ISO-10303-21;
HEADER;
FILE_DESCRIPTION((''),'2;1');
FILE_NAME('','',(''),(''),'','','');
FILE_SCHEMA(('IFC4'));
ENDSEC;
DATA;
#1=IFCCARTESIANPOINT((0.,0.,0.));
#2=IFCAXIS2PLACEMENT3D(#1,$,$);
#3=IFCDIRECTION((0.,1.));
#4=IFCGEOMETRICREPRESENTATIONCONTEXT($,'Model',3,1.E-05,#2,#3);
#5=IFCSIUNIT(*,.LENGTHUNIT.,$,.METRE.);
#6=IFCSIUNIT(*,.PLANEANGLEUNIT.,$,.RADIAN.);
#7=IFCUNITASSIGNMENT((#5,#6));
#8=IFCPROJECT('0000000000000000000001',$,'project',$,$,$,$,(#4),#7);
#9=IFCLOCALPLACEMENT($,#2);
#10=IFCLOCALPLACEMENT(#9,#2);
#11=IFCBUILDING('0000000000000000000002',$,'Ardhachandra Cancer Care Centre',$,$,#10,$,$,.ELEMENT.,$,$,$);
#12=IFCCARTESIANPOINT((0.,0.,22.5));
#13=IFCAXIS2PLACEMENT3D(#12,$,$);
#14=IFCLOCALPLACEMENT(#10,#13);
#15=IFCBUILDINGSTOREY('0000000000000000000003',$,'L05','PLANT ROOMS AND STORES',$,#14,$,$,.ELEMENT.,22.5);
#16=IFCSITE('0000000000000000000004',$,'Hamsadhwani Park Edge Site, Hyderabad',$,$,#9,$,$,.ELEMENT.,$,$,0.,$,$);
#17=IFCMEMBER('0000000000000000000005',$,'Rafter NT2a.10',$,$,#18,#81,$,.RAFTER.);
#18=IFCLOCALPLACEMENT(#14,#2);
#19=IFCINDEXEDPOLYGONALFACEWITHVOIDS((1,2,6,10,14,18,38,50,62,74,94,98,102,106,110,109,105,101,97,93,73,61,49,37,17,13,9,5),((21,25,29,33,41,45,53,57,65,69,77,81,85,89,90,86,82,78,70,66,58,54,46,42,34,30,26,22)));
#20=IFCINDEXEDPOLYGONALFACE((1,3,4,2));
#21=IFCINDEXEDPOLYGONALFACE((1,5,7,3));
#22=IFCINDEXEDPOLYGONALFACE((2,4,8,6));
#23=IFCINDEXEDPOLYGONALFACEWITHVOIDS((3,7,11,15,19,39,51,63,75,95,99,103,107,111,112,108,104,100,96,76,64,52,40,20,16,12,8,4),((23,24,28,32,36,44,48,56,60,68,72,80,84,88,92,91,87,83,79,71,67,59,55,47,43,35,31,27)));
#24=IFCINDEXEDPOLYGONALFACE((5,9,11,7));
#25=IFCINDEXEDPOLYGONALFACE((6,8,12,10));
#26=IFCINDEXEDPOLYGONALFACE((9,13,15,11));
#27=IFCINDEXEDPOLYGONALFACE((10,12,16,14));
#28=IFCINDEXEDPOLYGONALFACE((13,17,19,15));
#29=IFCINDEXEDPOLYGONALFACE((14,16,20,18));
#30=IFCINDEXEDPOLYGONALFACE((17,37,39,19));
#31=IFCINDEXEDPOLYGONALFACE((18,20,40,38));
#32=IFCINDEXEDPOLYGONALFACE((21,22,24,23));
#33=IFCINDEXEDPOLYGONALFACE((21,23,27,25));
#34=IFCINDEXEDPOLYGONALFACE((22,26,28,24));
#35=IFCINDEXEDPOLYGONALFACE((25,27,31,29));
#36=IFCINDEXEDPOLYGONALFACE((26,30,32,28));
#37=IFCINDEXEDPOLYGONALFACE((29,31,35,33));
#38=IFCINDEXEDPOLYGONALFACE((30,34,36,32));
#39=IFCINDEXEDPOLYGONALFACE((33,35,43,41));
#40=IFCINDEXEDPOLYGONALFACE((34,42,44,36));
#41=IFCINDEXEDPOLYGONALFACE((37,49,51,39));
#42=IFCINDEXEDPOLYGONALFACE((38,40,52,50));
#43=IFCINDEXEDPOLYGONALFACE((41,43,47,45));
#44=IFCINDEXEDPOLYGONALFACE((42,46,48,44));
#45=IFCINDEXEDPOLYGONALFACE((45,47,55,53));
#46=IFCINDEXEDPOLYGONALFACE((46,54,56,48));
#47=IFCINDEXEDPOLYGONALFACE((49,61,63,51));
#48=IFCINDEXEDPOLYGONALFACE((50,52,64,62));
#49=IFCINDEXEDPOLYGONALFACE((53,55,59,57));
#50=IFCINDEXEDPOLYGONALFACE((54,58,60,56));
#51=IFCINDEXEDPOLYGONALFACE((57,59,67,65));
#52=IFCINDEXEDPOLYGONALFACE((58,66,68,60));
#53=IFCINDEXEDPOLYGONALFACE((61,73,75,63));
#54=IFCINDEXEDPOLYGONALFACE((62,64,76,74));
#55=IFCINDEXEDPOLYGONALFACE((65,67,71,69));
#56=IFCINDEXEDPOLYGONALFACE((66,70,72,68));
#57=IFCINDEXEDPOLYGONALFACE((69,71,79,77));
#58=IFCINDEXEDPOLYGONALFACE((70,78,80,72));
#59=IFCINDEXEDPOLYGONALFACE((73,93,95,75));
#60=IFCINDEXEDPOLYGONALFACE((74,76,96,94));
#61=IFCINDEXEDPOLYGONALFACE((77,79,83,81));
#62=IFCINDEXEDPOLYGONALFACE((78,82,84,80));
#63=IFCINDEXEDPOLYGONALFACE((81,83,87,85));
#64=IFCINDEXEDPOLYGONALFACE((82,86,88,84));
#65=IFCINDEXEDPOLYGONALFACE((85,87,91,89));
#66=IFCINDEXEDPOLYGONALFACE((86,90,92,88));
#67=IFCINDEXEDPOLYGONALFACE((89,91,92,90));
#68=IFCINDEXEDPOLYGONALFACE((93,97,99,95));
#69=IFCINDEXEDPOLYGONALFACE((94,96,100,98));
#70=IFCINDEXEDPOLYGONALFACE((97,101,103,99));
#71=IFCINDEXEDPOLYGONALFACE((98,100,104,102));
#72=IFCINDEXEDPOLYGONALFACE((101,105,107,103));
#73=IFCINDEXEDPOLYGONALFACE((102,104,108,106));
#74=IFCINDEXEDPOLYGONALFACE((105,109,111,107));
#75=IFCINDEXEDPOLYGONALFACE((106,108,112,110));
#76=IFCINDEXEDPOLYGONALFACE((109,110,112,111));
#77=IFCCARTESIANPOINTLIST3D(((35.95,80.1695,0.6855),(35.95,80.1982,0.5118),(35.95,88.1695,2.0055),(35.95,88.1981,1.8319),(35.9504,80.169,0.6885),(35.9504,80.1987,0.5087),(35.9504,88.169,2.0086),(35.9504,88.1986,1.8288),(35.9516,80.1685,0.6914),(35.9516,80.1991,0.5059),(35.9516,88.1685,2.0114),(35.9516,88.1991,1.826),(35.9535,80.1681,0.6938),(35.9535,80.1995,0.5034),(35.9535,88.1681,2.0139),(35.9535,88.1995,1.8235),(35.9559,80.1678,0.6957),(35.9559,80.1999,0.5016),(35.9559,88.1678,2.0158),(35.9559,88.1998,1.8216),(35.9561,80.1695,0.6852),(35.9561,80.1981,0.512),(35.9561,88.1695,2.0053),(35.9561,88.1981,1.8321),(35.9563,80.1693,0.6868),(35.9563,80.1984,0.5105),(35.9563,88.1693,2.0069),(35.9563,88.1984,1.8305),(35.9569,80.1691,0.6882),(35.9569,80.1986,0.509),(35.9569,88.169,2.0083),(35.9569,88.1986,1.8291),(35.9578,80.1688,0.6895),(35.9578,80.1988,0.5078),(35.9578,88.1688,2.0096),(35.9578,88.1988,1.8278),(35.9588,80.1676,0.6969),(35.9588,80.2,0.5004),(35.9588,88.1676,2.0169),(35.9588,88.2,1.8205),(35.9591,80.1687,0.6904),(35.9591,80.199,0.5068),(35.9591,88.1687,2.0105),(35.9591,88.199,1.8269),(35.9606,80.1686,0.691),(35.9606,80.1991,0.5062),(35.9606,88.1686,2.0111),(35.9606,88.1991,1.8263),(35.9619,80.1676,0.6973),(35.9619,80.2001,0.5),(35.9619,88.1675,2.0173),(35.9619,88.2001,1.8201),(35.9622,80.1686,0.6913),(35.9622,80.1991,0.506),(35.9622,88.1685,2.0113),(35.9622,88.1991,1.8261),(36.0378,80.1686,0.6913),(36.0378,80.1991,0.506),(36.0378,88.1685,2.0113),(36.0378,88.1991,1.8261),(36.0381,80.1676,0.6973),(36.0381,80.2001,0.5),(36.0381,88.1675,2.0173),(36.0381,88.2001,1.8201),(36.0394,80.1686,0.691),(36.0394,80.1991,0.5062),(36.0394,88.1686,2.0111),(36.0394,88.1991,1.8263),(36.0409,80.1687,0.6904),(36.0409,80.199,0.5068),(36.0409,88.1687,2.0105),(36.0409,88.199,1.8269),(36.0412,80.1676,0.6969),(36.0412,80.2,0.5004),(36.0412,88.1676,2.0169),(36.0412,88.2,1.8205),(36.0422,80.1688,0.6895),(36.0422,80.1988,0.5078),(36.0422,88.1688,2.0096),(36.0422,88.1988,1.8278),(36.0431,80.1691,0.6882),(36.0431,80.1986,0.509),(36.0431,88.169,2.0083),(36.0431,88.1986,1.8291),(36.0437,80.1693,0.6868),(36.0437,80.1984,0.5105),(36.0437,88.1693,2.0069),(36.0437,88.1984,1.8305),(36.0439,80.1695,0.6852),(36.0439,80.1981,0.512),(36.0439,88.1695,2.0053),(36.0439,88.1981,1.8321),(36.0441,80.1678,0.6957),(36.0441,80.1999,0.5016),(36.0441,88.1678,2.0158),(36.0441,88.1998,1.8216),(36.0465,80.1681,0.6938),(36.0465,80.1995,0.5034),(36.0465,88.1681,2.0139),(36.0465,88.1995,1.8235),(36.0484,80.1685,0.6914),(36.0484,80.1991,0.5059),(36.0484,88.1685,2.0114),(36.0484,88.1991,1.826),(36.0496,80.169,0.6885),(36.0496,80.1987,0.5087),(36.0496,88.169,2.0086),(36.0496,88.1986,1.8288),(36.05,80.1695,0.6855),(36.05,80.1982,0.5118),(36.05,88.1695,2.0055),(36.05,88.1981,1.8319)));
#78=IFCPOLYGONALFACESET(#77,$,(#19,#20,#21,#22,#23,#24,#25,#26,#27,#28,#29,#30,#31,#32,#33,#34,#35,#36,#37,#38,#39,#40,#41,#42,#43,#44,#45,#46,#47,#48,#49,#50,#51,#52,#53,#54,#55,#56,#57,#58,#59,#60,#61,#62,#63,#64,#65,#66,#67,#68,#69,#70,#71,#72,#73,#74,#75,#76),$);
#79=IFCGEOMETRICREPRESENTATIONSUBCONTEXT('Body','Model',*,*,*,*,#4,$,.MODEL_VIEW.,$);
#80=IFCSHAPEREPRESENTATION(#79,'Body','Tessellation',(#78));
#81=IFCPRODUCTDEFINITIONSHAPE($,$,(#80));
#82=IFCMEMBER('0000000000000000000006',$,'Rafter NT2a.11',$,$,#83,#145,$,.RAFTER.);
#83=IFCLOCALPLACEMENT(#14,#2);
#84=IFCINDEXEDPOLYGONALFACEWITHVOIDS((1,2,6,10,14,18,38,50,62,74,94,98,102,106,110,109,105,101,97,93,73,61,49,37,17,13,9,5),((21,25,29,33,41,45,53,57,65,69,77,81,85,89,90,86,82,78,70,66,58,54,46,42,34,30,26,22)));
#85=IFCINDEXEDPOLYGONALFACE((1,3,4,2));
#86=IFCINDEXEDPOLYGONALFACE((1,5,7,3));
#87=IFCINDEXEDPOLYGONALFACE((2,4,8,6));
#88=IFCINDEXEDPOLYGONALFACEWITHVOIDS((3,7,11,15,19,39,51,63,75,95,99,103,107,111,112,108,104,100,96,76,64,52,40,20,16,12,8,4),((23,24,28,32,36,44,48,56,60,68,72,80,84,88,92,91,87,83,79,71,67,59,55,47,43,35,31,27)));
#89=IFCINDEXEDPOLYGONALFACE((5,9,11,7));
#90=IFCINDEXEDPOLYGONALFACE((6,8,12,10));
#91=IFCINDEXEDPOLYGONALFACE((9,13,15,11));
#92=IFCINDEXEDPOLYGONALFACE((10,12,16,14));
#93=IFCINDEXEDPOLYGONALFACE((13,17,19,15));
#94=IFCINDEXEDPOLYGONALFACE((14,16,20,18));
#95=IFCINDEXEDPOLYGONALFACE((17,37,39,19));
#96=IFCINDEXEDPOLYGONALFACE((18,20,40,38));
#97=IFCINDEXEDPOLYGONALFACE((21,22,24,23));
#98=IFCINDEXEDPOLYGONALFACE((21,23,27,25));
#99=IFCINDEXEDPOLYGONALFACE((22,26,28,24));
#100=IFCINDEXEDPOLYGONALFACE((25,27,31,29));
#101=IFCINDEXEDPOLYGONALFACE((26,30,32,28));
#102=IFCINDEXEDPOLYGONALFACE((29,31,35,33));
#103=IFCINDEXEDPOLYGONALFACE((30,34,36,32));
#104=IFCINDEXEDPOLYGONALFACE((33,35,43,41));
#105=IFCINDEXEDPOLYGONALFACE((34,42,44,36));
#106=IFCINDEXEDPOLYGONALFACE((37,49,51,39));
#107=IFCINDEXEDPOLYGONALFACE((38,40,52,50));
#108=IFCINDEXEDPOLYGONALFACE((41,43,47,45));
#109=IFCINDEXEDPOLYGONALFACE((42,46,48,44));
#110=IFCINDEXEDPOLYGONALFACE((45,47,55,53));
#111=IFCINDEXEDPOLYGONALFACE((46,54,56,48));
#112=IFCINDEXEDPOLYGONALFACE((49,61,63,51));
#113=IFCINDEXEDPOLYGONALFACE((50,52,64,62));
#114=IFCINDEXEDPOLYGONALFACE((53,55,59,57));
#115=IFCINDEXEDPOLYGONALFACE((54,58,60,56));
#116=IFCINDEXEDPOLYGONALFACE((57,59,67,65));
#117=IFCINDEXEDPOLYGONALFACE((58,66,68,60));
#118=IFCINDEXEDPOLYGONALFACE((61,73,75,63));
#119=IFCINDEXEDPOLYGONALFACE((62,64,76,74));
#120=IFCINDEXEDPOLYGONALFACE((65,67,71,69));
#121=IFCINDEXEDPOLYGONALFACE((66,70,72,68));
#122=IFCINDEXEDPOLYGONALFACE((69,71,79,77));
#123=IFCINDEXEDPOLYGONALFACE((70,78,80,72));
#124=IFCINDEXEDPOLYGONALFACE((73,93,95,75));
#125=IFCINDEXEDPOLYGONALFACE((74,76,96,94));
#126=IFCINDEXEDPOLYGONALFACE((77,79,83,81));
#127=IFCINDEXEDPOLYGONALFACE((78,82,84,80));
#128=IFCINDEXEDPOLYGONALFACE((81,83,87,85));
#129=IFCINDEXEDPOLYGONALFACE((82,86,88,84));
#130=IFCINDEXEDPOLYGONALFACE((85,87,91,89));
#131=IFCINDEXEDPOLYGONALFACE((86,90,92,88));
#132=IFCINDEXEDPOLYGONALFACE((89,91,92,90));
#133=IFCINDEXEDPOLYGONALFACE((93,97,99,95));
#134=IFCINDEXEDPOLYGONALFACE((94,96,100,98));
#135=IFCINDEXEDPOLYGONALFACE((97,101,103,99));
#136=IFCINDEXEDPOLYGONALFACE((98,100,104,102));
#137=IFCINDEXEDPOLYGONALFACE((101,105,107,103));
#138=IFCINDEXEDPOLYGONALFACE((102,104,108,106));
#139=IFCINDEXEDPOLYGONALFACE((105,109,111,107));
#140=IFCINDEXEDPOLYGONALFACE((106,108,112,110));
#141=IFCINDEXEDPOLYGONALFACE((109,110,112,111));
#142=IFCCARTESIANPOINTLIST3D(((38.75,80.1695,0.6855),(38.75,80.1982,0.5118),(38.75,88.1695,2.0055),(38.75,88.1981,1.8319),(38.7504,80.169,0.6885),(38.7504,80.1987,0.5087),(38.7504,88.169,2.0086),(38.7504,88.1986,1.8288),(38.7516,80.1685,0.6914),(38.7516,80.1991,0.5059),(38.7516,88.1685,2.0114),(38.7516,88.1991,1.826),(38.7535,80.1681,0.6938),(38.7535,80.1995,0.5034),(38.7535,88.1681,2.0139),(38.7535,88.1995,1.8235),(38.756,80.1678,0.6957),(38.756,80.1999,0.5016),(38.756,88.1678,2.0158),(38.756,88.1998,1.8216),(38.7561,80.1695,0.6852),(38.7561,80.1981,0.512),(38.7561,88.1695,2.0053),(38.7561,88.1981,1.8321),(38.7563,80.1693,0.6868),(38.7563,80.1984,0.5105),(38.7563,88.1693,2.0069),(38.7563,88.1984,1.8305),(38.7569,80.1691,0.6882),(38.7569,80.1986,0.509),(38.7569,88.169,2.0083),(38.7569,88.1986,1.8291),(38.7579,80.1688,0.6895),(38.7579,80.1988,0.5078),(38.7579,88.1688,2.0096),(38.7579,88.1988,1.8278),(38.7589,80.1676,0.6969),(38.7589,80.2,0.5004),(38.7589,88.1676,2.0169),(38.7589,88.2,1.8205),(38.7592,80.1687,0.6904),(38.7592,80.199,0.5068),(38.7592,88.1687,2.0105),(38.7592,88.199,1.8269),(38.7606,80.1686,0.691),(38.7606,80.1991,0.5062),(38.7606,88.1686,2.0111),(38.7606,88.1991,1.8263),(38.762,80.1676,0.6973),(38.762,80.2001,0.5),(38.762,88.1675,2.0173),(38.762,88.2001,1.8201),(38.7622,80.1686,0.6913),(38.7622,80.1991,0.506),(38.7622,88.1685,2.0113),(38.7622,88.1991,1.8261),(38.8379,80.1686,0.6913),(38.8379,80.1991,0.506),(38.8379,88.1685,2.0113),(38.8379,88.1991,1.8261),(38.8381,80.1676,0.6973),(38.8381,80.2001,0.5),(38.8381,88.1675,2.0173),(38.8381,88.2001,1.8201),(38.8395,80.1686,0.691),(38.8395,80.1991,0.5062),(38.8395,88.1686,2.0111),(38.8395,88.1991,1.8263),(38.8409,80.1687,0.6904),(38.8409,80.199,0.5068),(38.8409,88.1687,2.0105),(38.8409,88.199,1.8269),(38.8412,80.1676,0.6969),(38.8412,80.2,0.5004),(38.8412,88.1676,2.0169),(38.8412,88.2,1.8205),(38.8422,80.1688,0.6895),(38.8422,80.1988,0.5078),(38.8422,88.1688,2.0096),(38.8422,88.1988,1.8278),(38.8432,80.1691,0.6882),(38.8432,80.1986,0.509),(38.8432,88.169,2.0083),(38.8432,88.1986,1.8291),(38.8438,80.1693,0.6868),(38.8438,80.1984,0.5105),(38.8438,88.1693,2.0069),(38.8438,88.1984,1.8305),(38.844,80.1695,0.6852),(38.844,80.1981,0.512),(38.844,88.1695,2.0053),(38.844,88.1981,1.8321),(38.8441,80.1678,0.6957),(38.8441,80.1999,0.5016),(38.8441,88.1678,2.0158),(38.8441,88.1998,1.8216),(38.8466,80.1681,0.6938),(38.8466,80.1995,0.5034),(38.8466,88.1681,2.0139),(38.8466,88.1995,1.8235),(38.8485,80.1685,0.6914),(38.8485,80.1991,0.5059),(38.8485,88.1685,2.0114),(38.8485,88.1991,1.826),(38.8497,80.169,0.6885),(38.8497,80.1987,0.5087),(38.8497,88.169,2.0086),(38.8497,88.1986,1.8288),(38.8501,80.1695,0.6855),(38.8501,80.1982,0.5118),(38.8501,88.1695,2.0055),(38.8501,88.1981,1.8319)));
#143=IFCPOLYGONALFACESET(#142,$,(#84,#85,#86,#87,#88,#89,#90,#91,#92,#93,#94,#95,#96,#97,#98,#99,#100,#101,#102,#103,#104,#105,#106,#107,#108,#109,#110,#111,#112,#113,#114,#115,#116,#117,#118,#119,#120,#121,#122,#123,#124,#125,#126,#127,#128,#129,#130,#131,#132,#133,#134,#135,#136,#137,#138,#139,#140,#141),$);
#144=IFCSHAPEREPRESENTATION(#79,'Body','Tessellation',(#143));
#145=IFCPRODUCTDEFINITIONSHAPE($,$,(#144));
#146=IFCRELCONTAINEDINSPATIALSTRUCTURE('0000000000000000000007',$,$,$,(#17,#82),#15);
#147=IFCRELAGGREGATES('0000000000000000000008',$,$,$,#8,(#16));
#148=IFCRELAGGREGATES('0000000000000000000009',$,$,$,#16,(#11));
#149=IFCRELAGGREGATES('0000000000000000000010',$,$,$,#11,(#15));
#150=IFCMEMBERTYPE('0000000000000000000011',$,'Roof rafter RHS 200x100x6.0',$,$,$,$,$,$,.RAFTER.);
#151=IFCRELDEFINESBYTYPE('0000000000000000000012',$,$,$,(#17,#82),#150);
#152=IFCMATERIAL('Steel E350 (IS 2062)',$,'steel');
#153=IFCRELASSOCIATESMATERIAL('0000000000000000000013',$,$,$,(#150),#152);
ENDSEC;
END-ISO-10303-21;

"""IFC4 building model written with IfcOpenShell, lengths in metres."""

from ifc_helpers import new_model, si_unit, direction, frame, origin, origin_2d, place, context, subcontext, project, spatial, hollow_rectangle, extrude, material, material_profile, profile_set, type_object, element, save


model = new_model("IFC4")

# Units and contexts
model_context = context("Model", 3, precision=1e-05, world=origin(), true_north=direction((0.0, 1.0)))
body_context = subcontext(model_context, "Body", "Model", "MODEL_VIEW")
ifc_project = project(units=[si_unit("LENGTHUNIT", "METRE"), si_unit("PLANEANGLEUNIT", "RADIAN")], contexts=[model_context])

# Site, building, storey
site_placement = place(None, origin())
site = spatial("IfcSite", under=ifc_project, at=site_placement, Name="Hamsadhwani Park Edge Site, Hyderabad", CompositionType="ELEMENT", RefElevation=0.0)
building_placement = place(site_placement, origin())
building = spatial("IfcBuilding", under=site, at=building_placement, Name="Ardhachandra Cancer Care Centre", CompositionType="ELEMENT")
storey_placement = place(building_placement, frame((0.0, 0.0, 22.5)))
storey = spatial("IfcBuildingStorey", under=building, at=storey_placement, Name="L05", Description="PLANT ROOMS AND STORES", CompositionType="ELEMENT", Elevation=22.5)

# Members
ifc_material_1 = material(Name="Steel E350 (IS 2062)", Category="steel")
ifc_material_profile_1 = material_profile(ifc_material_1, hollow_rectangle(XDim=0.1001, YDim=0.2, WallThickness=0.0061, InnerFilletRadius=0.0061, OuterFilletRadius=0.012, at=origin_2d()), Name="RHS 200x100x6.0")
ifc_profile_set_1 = profile_set([ifc_material_profile_1], Name="Steel E350 (IS 2062)")
member_type_1 = type_object("IfcMemberType", Name="Roof rafter RHS 200x100x6.0", PredefinedType="RAFTER", material=ifc_profile_set_1)
for number, where, z_axis, x_axis, name in (
    (1, (36.0, 80.1838, 0.5986), (0.0, 0.986658, 0.162807), (-1.0, 0.0, 0.0), "Rafter NT2a.10"),
    (2, (38.8, 80.1838, 0.5986), (0.0, 0.986658, 0.162807), (-1.0, 0.0, 0.0), "Rafter NT2a.11"),
):
    element("IfcMember", number, at=place(storey_placement, frame(where, z_axis=z_axis, x_axis=x_axis)), inside=storey, type_object=member_type_1, Name=name, PredefinedType="RAFTER", context=body_context, shape_type="SweptSolid", body=[
        extrude(hollow_rectangle(XDim=0.1001, YDim=0.2, WallThickness=0.0061, InnerFilletRadius=0.0061, OuterFilletRadius=0.012, at=origin_2d()), origin(), (0.0, 0.0, 1.0), 8.1082),
    ])

save(model, "model.ifc")
